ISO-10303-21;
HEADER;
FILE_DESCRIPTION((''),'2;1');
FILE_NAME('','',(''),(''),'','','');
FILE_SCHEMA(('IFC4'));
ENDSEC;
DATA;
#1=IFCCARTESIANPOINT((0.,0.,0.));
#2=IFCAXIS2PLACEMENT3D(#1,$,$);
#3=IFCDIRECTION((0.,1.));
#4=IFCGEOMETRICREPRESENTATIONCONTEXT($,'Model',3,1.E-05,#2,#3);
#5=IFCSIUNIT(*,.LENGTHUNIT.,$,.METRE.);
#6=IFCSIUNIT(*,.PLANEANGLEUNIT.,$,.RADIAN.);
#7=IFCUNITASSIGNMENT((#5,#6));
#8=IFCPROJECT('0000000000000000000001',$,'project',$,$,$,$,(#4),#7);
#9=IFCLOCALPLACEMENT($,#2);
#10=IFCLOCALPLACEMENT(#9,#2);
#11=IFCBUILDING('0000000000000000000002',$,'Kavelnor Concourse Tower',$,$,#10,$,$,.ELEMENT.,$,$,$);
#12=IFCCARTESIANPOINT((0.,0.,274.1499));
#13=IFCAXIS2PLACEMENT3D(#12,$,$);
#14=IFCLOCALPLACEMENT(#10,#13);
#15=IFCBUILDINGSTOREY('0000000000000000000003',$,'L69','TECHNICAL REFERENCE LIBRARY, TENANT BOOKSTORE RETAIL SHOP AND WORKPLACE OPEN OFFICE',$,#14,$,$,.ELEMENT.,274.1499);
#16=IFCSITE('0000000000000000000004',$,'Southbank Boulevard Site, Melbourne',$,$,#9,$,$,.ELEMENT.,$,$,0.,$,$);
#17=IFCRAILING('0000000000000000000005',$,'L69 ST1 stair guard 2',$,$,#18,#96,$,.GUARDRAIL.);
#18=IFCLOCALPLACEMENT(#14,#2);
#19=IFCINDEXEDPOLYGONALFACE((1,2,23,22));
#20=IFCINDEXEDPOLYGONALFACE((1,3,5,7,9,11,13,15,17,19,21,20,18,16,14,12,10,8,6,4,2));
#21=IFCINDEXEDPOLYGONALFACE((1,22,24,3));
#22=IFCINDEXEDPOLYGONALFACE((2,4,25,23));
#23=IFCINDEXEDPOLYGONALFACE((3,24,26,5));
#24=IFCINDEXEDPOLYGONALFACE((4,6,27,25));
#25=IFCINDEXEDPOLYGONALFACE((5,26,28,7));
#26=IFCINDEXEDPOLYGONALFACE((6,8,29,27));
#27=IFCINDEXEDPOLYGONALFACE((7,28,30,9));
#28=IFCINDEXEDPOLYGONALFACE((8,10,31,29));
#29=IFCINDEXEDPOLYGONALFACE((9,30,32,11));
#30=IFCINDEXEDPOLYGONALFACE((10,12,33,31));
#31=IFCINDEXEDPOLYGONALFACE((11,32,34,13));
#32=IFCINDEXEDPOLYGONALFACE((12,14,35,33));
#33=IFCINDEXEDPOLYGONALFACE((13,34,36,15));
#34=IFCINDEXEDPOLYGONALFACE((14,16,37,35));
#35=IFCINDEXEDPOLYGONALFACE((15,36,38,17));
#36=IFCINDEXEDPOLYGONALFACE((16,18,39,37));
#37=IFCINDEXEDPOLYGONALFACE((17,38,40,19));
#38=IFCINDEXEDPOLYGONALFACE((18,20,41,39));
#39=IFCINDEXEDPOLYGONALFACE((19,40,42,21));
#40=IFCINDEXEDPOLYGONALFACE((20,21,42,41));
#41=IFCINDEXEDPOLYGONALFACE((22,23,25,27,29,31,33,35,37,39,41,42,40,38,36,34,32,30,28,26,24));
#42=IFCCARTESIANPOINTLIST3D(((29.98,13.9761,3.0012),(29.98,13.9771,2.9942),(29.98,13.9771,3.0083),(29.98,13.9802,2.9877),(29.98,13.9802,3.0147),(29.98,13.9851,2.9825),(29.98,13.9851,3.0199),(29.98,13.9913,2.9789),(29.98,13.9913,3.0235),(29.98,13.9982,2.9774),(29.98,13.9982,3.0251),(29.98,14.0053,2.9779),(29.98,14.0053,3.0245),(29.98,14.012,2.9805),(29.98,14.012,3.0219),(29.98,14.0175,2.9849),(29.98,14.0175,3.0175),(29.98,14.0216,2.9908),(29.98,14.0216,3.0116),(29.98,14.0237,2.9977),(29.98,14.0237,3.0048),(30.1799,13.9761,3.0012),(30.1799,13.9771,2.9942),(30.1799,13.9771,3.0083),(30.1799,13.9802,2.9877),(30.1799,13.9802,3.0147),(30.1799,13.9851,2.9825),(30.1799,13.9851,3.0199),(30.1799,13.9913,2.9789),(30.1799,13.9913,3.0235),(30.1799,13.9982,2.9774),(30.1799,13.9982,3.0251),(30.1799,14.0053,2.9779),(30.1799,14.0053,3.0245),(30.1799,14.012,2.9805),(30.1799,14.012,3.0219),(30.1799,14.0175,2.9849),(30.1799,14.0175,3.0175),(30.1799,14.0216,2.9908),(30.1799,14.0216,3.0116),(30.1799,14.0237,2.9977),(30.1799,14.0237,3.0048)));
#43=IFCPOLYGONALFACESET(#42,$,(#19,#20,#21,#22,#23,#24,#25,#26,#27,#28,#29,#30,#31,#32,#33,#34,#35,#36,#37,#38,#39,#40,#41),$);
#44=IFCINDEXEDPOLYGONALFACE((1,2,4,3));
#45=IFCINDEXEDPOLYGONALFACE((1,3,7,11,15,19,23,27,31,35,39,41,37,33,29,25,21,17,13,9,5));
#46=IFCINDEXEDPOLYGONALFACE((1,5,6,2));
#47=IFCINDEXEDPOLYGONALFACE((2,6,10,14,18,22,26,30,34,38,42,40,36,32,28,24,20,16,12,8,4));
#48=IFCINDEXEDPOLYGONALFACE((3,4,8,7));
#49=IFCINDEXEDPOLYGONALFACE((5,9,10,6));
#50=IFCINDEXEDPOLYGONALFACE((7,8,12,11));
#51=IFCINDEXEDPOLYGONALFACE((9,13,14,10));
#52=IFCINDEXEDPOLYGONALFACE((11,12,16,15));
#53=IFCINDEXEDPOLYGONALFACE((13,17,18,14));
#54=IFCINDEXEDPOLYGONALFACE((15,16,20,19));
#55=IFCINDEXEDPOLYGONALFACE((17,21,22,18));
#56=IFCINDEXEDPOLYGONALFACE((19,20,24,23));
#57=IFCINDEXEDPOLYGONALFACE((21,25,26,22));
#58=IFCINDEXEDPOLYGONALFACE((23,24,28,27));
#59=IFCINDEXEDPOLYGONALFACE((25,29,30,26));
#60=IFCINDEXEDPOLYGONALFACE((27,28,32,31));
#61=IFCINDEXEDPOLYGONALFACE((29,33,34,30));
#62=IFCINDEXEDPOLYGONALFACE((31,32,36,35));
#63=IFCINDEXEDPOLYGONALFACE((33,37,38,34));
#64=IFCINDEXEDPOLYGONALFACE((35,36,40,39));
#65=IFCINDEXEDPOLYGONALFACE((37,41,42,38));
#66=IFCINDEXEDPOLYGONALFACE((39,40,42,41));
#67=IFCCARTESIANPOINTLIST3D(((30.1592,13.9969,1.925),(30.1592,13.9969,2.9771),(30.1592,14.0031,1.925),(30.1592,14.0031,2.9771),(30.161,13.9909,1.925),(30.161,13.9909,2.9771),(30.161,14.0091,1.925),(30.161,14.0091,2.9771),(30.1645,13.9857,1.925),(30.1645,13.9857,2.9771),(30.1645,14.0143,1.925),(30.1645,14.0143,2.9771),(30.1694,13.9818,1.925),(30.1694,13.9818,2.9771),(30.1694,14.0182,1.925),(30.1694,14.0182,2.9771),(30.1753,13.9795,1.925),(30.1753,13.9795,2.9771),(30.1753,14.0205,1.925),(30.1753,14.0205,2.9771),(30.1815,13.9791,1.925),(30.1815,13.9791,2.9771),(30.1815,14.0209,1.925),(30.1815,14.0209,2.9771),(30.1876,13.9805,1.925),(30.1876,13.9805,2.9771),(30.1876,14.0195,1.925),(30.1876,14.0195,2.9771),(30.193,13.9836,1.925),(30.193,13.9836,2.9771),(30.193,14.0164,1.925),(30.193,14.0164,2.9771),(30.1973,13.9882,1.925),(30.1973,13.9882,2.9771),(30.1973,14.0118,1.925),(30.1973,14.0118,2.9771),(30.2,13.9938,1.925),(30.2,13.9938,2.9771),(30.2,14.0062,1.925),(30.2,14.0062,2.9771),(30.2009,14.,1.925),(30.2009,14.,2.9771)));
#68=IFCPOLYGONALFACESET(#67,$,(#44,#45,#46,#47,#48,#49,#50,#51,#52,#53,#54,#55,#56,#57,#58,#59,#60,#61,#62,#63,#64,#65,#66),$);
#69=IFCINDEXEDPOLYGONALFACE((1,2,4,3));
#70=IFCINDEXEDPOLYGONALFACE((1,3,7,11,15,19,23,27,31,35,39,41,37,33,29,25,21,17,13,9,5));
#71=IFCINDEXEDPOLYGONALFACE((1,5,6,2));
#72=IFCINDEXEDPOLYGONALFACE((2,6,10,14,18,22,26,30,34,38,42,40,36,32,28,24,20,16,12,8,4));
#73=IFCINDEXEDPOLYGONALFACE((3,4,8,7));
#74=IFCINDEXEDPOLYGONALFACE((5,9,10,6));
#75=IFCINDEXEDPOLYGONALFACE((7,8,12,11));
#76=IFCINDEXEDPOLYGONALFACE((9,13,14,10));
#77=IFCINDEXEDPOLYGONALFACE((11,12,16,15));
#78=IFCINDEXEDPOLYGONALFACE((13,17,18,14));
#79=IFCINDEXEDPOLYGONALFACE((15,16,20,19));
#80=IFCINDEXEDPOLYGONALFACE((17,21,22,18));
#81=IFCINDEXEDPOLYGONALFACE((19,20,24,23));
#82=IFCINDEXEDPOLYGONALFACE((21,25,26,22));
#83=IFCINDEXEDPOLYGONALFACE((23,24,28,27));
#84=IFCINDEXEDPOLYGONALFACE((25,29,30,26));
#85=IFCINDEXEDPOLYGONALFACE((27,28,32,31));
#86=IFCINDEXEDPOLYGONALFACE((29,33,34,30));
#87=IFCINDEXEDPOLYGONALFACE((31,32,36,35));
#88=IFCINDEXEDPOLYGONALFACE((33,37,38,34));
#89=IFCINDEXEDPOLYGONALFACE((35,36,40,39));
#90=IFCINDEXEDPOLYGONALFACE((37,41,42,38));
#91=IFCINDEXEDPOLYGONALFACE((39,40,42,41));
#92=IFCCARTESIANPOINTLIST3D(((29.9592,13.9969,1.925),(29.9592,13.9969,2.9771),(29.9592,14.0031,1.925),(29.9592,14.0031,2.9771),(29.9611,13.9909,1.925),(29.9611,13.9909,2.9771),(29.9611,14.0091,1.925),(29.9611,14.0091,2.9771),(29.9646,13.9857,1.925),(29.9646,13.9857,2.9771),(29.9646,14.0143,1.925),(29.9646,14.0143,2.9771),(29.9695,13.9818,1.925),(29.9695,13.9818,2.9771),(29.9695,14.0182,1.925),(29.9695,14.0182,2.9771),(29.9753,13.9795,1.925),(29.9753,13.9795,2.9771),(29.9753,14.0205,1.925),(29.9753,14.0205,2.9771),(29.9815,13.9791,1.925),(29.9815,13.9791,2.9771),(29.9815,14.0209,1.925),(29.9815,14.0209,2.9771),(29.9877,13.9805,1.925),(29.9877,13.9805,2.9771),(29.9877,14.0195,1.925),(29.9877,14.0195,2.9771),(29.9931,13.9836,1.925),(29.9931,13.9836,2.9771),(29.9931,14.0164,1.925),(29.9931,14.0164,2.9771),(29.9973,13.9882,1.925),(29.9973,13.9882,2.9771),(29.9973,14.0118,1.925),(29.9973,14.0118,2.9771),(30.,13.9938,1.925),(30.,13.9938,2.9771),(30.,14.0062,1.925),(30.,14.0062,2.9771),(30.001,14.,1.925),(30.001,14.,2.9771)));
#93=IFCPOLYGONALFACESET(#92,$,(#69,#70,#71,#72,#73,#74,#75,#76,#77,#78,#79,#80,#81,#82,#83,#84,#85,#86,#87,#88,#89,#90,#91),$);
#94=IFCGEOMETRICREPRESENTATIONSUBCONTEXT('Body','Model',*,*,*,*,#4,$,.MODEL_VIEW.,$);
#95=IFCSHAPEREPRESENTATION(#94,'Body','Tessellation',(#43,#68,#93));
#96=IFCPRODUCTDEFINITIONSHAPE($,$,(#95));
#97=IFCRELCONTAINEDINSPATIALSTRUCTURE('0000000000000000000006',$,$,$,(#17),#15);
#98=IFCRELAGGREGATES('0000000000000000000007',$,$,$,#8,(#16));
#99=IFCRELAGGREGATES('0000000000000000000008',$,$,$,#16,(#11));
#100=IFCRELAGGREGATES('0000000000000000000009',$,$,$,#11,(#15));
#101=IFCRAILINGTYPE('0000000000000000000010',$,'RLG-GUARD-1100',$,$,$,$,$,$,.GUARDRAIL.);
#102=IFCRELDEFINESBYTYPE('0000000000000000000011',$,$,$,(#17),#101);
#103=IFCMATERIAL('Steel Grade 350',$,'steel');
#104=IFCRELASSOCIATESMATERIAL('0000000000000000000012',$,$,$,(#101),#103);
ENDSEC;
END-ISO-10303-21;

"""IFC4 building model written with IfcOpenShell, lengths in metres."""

from ifc_helpers import new_model, si_unit, direction, frame, origin, origin_2d, place, context, subcontext, project, spatial, circle, extrude, material, type_object, element, save


model = new_model("IFC4")

# Units and contexts
model_context = context("Model", 3, precision=1e-05, world=origin(), true_north=direction((0.0, 1.0)))
body_context = subcontext(model_context, "Body", "Model", "MODEL_VIEW")
ifc_project = project(units=[si_unit("LENGTHUNIT", "METRE"), si_unit("PLANEANGLEUNIT", "RADIAN")], contexts=[model_context])

# Site, building, storey
site_placement = place(None, origin())
site = spatial("IfcSite", under=ifc_project, at=site_placement, Name="Southbank Boulevard Site, Melbourne", CompositionType="ELEMENT", RefElevation=0.0)
building_placement = place(site_placement, origin())
building = spatial("IfcBuilding", under=site, at=building_placement, Name="Kavelnor Concourse Tower", CompositionType="ELEMENT")
storey_placement = place(building_placement, frame((0.0, 0.0, 274.1499)))
storey = spatial("IfcBuildingStorey", under=building, at=storey_placement, Name="L69", Description="TECHNICAL REFERENCE LIBRARY, TENANT BOOKSTORE RETAIL SHOP AND WORKPLACE OPEN OFFICE", CompositionType="ELEMENT", Elevation=274.1499)

# Shared definitions
ifc_material_1 = material(Name="Steel Grade 350", Category="steel")

# Railing
railing_type_1 = type_object("IfcRailingType", Name="RLG-GUARD-1100", PredefinedType="GUARDRAIL", material=ifc_material_1)
railing_1_placement = place(storey_placement, frame((30.1799, 14.0, 1.925)))
element("IfcRailing", 1, at=railing_1_placement, inside=storey, type_object=railing_type_1, Name="L69 ST1 stair guard 2", PredefinedType="GUARDRAIL", context=body_context, shape_type="SweptSolid", body=[
    extrude(circle(Radius=0.0239, at=origin_2d()), frame((0.0, 0.0, 1.0762), z_axis=(-1.0, 0.0, 0.0), x_axis=(0.0, -1.0, 0.0)), (0.0, 0.0, 1.0), 0.2),
    extrude(circle(Radius=0.021, at=origin_2d()), origin(), (0.0, 0.0, 1.0), 1.052),
    extrude(circle(Radius=0.021, at=origin_2d()), frame((-0.2, 0.0, 0.0)), (0.0, 0.0, 1.0), 1.052),
])

save(model, "model.ifc")
